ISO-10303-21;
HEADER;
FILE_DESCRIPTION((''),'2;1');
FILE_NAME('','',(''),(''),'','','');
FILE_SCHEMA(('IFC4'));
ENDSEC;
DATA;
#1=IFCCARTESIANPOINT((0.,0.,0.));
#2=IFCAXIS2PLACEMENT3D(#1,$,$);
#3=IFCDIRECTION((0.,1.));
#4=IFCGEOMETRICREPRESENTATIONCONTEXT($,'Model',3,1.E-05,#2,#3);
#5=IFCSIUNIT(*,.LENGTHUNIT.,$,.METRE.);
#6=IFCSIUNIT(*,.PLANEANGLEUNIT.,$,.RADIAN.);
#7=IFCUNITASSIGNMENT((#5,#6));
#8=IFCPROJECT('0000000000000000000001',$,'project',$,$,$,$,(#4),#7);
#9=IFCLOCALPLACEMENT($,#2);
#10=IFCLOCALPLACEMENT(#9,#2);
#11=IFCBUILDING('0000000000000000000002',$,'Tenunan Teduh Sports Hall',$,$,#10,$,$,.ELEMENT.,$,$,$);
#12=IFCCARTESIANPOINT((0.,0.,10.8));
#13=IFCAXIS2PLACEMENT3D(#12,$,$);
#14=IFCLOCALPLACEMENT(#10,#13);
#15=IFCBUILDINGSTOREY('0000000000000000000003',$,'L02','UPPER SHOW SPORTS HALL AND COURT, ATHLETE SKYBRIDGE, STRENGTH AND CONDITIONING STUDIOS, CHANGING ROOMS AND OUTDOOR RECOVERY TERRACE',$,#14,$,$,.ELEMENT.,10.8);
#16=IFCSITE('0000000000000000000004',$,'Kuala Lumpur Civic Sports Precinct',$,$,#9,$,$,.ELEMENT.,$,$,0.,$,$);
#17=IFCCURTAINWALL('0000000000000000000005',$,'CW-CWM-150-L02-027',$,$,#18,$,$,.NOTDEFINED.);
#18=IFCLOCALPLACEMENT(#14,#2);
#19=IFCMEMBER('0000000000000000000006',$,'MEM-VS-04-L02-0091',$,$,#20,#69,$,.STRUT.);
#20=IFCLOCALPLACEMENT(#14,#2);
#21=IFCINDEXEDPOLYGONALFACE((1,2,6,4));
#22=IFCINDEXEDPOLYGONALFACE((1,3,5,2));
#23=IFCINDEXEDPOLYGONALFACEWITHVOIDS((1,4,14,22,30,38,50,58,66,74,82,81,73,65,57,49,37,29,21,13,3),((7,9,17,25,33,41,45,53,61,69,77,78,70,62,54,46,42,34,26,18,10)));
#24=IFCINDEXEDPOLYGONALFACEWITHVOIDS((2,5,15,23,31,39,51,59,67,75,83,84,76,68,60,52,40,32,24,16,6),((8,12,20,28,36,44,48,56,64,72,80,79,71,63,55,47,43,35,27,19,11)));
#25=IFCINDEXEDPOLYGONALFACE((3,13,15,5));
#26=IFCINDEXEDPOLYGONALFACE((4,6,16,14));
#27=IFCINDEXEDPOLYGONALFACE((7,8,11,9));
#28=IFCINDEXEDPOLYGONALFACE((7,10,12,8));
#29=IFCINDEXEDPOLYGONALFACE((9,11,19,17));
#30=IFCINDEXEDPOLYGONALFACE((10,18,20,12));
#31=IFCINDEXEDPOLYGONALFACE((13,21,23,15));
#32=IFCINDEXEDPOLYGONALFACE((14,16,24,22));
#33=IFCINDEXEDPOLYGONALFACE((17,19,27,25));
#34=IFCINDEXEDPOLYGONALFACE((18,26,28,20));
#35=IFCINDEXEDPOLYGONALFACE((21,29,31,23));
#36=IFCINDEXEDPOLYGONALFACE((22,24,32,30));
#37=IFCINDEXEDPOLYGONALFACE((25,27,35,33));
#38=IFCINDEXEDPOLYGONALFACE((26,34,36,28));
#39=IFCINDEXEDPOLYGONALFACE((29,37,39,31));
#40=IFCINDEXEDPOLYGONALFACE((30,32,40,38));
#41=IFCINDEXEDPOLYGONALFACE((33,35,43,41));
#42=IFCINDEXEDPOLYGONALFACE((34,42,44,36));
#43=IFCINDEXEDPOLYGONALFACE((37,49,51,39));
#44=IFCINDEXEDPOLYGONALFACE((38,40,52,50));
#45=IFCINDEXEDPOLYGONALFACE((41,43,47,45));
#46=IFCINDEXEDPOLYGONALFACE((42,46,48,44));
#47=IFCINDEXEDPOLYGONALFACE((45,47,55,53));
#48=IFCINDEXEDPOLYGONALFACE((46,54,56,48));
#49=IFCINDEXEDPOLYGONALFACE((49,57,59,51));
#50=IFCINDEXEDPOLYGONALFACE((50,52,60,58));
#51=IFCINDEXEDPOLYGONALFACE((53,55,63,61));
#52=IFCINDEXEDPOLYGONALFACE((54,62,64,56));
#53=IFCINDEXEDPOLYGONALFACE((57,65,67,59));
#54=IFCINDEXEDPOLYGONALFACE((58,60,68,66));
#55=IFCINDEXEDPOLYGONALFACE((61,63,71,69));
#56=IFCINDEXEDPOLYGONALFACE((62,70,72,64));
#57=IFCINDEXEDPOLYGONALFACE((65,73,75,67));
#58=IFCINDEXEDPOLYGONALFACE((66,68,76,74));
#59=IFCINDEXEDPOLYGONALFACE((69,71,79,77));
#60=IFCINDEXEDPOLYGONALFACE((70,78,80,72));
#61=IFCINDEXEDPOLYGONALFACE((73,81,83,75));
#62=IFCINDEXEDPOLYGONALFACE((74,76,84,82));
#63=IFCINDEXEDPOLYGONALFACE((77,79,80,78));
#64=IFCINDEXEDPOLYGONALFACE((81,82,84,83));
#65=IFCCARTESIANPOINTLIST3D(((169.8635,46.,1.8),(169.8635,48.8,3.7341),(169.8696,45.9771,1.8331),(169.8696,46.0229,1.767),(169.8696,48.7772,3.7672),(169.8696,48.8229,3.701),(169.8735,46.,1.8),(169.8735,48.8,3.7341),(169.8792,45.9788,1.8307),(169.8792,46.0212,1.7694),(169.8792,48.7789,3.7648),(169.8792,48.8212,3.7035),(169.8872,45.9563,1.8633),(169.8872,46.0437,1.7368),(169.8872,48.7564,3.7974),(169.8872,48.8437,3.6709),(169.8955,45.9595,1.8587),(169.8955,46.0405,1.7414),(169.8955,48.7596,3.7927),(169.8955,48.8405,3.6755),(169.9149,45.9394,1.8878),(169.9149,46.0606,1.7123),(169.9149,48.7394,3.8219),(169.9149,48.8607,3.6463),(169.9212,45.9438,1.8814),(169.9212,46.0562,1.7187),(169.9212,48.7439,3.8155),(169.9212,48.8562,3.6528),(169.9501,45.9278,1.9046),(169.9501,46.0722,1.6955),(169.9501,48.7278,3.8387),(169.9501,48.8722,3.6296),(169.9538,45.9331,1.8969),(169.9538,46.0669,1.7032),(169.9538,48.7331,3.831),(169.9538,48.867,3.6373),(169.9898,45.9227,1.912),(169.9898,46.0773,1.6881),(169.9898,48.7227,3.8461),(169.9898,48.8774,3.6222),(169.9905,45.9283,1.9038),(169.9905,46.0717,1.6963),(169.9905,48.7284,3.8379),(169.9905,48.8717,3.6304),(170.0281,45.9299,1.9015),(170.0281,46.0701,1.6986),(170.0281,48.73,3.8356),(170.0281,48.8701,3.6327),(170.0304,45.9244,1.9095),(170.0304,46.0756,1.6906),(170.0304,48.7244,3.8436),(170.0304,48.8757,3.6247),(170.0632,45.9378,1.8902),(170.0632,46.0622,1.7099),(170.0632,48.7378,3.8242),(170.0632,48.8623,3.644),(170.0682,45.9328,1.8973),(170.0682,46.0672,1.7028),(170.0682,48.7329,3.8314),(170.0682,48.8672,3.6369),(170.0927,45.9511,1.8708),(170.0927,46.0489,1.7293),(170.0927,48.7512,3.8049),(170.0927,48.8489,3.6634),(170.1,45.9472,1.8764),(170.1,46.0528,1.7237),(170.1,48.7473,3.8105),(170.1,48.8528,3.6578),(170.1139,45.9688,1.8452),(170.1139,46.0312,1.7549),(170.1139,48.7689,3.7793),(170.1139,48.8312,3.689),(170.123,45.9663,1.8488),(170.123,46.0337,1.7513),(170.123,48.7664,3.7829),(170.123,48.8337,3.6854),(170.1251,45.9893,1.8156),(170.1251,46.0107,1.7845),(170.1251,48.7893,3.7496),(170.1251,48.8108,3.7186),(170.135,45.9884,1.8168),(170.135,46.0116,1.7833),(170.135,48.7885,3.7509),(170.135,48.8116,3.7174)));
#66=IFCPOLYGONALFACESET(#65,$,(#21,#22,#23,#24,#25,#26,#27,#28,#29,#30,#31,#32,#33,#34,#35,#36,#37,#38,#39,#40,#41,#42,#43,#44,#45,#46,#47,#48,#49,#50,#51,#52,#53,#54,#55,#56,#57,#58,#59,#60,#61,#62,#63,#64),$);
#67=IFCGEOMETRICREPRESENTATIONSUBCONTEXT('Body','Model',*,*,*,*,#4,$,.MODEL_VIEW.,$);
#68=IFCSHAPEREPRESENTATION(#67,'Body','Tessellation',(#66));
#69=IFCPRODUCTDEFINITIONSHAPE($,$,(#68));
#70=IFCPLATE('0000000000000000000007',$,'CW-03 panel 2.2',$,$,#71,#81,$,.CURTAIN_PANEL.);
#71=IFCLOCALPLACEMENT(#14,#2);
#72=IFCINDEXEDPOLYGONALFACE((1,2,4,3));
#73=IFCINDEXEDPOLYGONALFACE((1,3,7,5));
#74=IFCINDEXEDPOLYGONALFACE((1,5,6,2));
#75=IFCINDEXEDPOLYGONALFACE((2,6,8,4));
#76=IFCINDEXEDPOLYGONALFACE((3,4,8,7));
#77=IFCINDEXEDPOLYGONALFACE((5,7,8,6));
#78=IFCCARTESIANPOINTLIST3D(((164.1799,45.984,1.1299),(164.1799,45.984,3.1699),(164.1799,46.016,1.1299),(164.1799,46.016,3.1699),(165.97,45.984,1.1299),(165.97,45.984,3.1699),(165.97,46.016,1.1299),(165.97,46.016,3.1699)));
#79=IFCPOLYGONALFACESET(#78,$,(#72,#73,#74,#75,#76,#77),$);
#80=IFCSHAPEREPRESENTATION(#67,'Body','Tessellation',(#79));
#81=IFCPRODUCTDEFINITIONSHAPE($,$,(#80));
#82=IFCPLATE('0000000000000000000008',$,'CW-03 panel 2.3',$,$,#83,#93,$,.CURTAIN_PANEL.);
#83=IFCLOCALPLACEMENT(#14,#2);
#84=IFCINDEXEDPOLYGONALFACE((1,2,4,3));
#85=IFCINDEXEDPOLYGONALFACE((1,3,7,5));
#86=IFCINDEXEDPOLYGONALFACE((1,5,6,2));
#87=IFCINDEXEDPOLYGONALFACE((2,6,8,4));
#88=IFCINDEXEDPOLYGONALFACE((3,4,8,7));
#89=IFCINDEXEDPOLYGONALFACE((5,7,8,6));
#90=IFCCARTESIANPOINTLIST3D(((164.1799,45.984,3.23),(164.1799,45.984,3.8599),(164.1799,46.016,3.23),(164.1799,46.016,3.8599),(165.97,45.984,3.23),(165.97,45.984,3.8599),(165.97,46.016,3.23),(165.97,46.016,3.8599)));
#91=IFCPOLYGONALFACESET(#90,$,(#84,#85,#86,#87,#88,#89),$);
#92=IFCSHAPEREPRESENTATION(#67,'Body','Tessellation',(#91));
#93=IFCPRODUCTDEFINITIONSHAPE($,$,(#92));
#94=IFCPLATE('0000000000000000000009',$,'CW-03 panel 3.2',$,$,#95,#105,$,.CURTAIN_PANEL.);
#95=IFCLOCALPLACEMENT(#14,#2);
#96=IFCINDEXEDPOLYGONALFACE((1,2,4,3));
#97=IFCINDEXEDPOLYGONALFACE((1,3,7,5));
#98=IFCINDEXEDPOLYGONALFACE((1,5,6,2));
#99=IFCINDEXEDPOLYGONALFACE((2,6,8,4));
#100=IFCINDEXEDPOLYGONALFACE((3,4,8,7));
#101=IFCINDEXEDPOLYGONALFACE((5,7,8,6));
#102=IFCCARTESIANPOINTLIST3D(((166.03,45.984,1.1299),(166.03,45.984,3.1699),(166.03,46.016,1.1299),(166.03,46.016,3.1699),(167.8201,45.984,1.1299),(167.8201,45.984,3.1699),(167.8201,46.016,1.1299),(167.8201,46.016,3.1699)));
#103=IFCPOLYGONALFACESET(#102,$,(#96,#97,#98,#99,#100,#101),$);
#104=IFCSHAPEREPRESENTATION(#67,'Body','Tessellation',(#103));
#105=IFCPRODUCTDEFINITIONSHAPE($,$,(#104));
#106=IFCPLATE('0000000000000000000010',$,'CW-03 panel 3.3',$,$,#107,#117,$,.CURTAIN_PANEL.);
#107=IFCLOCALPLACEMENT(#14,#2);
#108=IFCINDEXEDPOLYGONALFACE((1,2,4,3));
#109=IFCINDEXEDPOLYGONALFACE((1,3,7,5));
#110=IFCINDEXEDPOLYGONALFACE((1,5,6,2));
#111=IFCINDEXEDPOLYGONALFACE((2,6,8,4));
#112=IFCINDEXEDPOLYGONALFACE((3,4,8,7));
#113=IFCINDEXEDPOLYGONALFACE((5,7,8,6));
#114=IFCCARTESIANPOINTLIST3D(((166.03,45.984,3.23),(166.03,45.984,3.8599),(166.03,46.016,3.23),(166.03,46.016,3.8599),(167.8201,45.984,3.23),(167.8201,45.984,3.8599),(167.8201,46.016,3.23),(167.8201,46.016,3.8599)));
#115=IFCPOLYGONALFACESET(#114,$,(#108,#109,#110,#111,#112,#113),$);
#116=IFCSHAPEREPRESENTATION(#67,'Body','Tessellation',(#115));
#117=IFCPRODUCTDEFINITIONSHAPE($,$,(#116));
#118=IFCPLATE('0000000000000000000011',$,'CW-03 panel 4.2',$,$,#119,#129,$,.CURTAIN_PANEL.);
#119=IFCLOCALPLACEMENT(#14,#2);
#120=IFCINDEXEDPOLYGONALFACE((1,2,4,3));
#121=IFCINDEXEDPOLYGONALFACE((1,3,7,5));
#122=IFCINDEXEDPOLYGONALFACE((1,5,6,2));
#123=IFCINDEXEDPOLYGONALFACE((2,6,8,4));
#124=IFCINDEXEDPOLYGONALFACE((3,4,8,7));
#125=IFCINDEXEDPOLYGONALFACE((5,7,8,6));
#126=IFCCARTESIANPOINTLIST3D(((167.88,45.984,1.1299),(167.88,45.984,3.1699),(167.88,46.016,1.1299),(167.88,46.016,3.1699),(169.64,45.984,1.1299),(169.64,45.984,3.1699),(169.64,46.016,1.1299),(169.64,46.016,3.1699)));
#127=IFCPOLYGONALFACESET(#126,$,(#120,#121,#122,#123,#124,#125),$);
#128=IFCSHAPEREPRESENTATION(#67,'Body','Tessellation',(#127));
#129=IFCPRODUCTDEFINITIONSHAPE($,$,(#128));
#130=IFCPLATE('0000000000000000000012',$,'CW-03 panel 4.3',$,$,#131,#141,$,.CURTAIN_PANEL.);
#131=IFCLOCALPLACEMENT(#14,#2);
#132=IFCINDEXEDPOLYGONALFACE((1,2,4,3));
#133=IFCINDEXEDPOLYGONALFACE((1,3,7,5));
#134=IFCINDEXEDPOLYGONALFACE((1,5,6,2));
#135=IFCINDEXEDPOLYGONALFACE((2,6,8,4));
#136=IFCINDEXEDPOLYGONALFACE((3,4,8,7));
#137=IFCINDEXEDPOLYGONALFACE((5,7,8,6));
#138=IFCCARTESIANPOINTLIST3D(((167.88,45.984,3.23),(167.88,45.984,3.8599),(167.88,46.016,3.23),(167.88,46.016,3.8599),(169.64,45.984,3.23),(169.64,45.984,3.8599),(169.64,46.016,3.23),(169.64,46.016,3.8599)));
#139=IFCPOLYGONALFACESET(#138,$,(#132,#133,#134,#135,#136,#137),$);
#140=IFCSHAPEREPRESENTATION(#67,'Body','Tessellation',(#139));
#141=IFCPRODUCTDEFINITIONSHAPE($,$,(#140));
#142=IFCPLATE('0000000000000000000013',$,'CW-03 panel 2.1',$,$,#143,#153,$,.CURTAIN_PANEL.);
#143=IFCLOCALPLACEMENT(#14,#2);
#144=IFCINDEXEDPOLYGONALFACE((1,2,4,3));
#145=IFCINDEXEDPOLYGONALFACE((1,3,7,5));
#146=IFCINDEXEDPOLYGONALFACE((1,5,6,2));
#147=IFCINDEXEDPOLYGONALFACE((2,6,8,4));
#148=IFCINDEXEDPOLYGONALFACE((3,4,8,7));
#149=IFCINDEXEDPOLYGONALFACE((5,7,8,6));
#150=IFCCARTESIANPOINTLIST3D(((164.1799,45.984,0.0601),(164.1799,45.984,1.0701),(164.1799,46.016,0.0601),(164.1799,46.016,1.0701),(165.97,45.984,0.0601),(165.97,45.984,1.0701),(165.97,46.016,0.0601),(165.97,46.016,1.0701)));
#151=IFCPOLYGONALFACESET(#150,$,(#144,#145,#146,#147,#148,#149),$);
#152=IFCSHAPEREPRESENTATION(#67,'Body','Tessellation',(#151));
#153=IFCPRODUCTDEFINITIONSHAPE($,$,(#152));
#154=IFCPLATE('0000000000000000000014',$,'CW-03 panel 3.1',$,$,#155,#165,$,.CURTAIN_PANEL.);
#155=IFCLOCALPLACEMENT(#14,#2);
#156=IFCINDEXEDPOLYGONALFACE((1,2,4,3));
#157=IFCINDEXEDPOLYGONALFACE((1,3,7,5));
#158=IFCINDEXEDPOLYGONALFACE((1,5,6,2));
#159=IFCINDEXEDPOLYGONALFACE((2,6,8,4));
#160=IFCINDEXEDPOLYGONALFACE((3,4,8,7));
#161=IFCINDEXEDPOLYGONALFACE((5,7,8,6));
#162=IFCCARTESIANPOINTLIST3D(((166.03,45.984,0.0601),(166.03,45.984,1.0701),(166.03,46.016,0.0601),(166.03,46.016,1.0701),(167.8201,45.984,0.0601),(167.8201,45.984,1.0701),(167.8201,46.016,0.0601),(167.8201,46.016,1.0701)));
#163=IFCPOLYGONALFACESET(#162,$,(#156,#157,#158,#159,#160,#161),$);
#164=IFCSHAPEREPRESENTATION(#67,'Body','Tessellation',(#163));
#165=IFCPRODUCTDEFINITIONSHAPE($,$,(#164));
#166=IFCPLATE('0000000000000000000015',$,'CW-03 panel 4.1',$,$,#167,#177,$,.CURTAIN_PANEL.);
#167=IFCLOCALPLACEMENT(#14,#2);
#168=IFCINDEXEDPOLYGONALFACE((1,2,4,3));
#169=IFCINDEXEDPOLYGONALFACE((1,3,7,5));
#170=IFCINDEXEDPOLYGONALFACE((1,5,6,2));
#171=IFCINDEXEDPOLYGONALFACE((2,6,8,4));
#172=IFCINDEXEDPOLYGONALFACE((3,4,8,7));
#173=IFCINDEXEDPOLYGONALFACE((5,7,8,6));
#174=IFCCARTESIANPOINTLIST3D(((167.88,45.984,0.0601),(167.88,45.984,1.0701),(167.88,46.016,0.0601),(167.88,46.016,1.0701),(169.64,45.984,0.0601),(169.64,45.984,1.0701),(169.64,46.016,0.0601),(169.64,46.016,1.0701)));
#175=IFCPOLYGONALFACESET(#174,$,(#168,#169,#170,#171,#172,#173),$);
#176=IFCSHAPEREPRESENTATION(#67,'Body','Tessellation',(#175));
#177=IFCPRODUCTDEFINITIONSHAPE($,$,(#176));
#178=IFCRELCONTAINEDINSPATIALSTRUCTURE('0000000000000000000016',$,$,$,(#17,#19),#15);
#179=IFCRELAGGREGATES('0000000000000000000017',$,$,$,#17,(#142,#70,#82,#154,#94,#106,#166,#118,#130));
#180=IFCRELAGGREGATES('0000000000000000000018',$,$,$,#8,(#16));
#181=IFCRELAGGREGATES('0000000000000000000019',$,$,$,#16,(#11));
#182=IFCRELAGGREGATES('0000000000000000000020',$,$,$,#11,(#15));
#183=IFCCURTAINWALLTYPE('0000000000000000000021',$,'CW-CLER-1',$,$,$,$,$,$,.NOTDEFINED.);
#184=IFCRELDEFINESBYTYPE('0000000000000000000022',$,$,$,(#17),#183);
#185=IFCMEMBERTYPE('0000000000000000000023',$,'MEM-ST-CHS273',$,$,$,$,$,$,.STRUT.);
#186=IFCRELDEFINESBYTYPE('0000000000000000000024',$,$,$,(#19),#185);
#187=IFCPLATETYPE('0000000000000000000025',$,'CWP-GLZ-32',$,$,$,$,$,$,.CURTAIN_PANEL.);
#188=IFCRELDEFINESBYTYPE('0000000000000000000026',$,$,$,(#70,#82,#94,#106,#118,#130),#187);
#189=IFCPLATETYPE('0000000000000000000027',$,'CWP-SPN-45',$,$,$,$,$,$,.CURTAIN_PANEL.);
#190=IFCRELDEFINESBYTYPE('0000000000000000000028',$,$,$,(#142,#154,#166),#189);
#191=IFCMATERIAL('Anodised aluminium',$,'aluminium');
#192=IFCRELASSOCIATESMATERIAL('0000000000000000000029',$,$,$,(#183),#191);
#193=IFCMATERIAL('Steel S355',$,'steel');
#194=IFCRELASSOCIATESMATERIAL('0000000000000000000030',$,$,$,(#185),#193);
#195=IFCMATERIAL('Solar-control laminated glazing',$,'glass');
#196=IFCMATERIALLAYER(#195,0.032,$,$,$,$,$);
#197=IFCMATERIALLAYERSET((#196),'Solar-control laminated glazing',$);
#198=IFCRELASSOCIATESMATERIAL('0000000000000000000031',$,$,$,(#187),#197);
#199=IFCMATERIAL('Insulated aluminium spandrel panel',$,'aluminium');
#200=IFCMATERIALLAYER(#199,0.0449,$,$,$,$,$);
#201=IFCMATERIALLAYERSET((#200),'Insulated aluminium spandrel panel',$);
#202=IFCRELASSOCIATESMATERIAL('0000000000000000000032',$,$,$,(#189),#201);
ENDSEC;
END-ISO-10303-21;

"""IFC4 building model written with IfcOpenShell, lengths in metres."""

from ifc_helpers import new_model, si_unit, direction, frame, origin, origin_2d, place, context, subcontext, project, spatial, rectangle, hollow_circle, extrude, material, layer, layer_set, material_profile, profile_set, type_object, element, aggregate, save


model = new_model("IFC4")

# Units and contexts
model_context = context("Model", 3, precision=1e-05, world=origin(), true_north=direction((0.0, 1.0)))
body_context = subcontext(model_context, "Body", "Model", "MODEL_VIEW")
ifc_project = project(units=[si_unit("LENGTHUNIT", "METRE"), si_unit("PLANEANGLEUNIT", "RADIAN")], contexts=[model_context])

# Site, building, storey
site_placement = place(None, origin())
site = spatial("IfcSite", under=ifc_project, at=site_placement, Name="Kuala Lumpur Civic Sports Precinct", CompositionType="ELEMENT", RefElevation=0.0)
building_placement = place(site_placement, origin())
building = spatial("IfcBuilding", under=site, at=building_placement, Name="Tenunan Teduh Sports Hall", CompositionType="ELEMENT")
storey_placement = place(building_placement, frame((0.0, 0.0, 10.8)))
storey = spatial("IfcBuildingStorey", under=building, at=storey_placement, Name="L02", Description="UPPER SHOW SPORTS HALL AND COURT, ATHLETE SKYBRIDGE, STRENGTH AND CONDITIONING STUDIOS, CHANGING ROOMS AND OUTDOOR RECOVERY TERRACE", CompositionType="ELEMENT", Elevation=10.8)

# Curtain wall
ifc_material_1 = material(Name="Anodised aluminium", Category="aluminium")
curtain_wall_type = type_object("IfcCurtainWallType", Name="CW-CLER-1", PredefinedType="NOTDEFINED", material=ifc_material_1)
curtain_wall_placement = place(storey_placement, origin())
curtain_wall = element("IfcCurtainWall", 1, at=curtain_wall_placement, inside=storey, type_object=curtain_wall_type, Name="CW-CWM-150-L02-027", PredefinedType="NOTDEFINED")

# Member
ifc_material_2 = material(Name="Steel S355", Category="steel")
ifc_material_profile_1 = material_profile(ifc_material_2, hollow_circle(Radius=0.1365, WallThickness=0.01, at=origin_2d()), Name="CHS 273.0x10.0")
ifc_profile_set_1 = profile_set([ifc_material_profile_1], Name="Steel S355")
member_type_1 = type_object("IfcMemberType", Name="MEM-ST-CHS273", PredefinedType="STRUT", material=ifc_profile_set_1)
member_1_placement = place(storey_placement, frame((170.0, 46.0, 1.8), z_axis=(0.0, 0.822799, 0.568333), x_axis=(-1.0, 0.0, 0.0)))
element("IfcMember", 2, at=member_1_placement, inside=storey, type_object=member_type_1, Name="MEM-VS-04-L02-0091", PredefinedType="STRUT", context=body_context, shape_type="SweptSolid", body=[
    extrude(hollow_circle(Radius=0.1365, WallThickness=0.01, at=origin_2d()), origin(), (0.0, 0.0, 1.0), 3.4031),
])

# Plates
ifc_material_3 = material(Name="Solar-control laminated glazing", Category="glass")
ifc_layer_1 = layer(ifc_material_3, 0.032)
ifc_layer_set_1 = layer_set([ifc_layer_1], Name="Solar-control laminated glazing")
plate_type_1 = type_object("IfcPlateType", Name="CWP-GLZ-32", PredefinedType="CURTAIN_PANEL", material=ifc_layer_set_1)
plate_1_placement = place(storey_placement, frame((165.075, 46.0, 1.1299), z_axis=(0.0, 0.0, 1.0), x_axis=(1.0, 0.0, 0.0)))
plate_1 = element("IfcPlate", 3, at=plate_1_placement, type_object=plate_type_1, Name="CW-03 panel 2.2", PredefinedType="CURTAIN_PANEL", context=body_context, shape_type="SweptSolid", body=[
    extrude(rectangle(XDim=1.79, YDim=0.032, at=origin_2d()), origin(), (0.0, 0.0, 1.0), 2.04),
])
plate_2_placement = place(storey_placement, frame((165.075, 46.0, 3.23), z_axis=(0.0, 0.0, 1.0), x_axis=(1.0, 0.0, 0.0)))
plate_2 = element("IfcPlate", 4, at=plate_2_placement, type_object=plate_type_1, Name="CW-03 panel 2.3", PredefinedType="CURTAIN_PANEL", context=body_context, shape_type="SweptSolid", body=[
    extrude(rectangle(XDim=1.79, YDim=0.032, at=origin_2d()), origin(), (0.0, 0.0, 1.0), 0.6299),
])
plate_3_placement = place(storey_placement, frame((166.925, 46.0, 1.1299), z_axis=(0.0, 0.0, 1.0), x_axis=(1.0, 0.0, 0.0)))
plate_3 = element("IfcPlate", 5, at=plate_3_placement, type_object=plate_type_1, Name="CW-03 panel 3.2", PredefinedType="CURTAIN_PANEL", context=body_context, shape_type="SweptSolid", body=[
    extrude(rectangle(XDim=1.79, YDim=0.032, at=origin_2d()), origin(), (0.0, 0.0, 1.0), 2.04),
])
plate_4_placement = place(storey_placement, frame((166.925, 46.0, 3.23), z_axis=(0.0, 0.0, 1.0), x_axis=(1.0, 0.0, 0.0)))
plate_4 = element("IfcPlate", 6, at=plate_4_placement, type_object=plate_type_1, Name="CW-03 panel 3.3", PredefinedType="CURTAIN_PANEL", context=body_context, shape_type="SweptSolid", body=[
    extrude(rectangle(XDim=1.79, YDim=0.032, at=origin_2d()), origin(), (0.0, 0.0, 1.0), 0.6299),
])
plate_5_placement = place(storey_placement, frame((168.76, 46.0, 1.1299), z_axis=(0.0, 0.0, 1.0), x_axis=(1.0, 0.0, 0.0)))
plate_5 = element("IfcPlate", 7, at=plate_5_placement, type_object=plate_type_1, Name="CW-03 panel 4.2", PredefinedType="CURTAIN_PANEL", context=body_context, shape_type="SweptSolid", body=[
    extrude(rectangle(XDim=1.76, YDim=0.032, at=origin_2d()), origin(), (0.0, 0.0, 1.0), 2.04),
])
plate_6_placement = place(storey_placement, frame((168.76, 46.0, 3.23), z_axis=(0.0, 0.0, 1.0), x_axis=(1.0, 0.0, 0.0)))
plate_6 = element("IfcPlate", 8, at=plate_6_placement, type_object=plate_type_1, Name="CW-03 panel 4.3", PredefinedType="CURTAIN_PANEL", context=body_context, shape_type="SweptSolid", body=[
    extrude(rectangle(XDim=1.76, YDim=0.032, at=origin_2d()), origin(), (0.0, 0.0, 1.0), 0.6299),
])
ifc_material_4 = material(Name="Insulated aluminium spandrel panel", Category="aluminium")
ifc_layer_2 = layer(ifc_material_4, 0.0449)
ifc_layer_set_2 = layer_set([ifc_layer_2], Name="Insulated aluminium spandrel panel")
plate_type_2 = type_object("IfcPlateType", Name="CWP-SPN-45", PredefinedType="CURTAIN_PANEL", material=ifc_layer_set_2)
plate_7_placement = place(storey_placement, frame((165.075, 46.0, 0.0601), z_axis=(0.0, 0.0, 1.0), x_axis=(1.0, 0.0, 0.0)))
plate_7 = element("IfcPlate", 9, at=plate_7_placement, type_object=plate_type_2, Name="CW-03 panel 2.1", PredefinedType="CURTAIN_PANEL", context=body_context, shape_type="SweptSolid", body=[
    extrude(rectangle(XDim=1.79, YDim=0.032, at=origin_2d()), origin(), (0.0, 0.0, 1.0), 1.01),
])
plate_8_placement = place(storey_placement, frame((166.925, 46.0, 0.0601), z_axis=(0.0, 0.0, 1.0), x_axis=(1.0, 0.0, 0.0)))
plate_8 = element("IfcPlate", 10, at=plate_8_placement, type_object=plate_type_2, Name="CW-03 panel 3.1", PredefinedType="CURTAIN_PANEL", context=body_context, shape_type="SweptSolid", body=[
    extrude(rectangle(XDim=1.79, YDim=0.032, at=origin_2d()), origin(), (0.0, 0.0, 1.0), 1.01),
])
plate_9_placement = place(storey_placement, frame((168.76, 46.0, 0.0601), z_axis=(0.0, 0.0, 1.0), x_axis=(1.0, 0.0, 0.0)))
plate_9 = element("IfcPlate", 11, at=plate_9_placement, type_object=plate_type_2, Name="CW-03 panel 4.1", PredefinedType="CURTAIN_PANEL", context=body_context, shape_type="SweptSolid", body=[
    extrude(rectangle(XDim=1.76, YDim=0.032, at=origin_2d()), origin(), (0.0, 0.0, 1.0), 1.01),
])
aggregate(curtain_wall, [plate_7, plate_1, plate_2, plate_8, plate_3, plate_4, plate_9, plate_5, plate_6])

save(model, "model.ifc")
